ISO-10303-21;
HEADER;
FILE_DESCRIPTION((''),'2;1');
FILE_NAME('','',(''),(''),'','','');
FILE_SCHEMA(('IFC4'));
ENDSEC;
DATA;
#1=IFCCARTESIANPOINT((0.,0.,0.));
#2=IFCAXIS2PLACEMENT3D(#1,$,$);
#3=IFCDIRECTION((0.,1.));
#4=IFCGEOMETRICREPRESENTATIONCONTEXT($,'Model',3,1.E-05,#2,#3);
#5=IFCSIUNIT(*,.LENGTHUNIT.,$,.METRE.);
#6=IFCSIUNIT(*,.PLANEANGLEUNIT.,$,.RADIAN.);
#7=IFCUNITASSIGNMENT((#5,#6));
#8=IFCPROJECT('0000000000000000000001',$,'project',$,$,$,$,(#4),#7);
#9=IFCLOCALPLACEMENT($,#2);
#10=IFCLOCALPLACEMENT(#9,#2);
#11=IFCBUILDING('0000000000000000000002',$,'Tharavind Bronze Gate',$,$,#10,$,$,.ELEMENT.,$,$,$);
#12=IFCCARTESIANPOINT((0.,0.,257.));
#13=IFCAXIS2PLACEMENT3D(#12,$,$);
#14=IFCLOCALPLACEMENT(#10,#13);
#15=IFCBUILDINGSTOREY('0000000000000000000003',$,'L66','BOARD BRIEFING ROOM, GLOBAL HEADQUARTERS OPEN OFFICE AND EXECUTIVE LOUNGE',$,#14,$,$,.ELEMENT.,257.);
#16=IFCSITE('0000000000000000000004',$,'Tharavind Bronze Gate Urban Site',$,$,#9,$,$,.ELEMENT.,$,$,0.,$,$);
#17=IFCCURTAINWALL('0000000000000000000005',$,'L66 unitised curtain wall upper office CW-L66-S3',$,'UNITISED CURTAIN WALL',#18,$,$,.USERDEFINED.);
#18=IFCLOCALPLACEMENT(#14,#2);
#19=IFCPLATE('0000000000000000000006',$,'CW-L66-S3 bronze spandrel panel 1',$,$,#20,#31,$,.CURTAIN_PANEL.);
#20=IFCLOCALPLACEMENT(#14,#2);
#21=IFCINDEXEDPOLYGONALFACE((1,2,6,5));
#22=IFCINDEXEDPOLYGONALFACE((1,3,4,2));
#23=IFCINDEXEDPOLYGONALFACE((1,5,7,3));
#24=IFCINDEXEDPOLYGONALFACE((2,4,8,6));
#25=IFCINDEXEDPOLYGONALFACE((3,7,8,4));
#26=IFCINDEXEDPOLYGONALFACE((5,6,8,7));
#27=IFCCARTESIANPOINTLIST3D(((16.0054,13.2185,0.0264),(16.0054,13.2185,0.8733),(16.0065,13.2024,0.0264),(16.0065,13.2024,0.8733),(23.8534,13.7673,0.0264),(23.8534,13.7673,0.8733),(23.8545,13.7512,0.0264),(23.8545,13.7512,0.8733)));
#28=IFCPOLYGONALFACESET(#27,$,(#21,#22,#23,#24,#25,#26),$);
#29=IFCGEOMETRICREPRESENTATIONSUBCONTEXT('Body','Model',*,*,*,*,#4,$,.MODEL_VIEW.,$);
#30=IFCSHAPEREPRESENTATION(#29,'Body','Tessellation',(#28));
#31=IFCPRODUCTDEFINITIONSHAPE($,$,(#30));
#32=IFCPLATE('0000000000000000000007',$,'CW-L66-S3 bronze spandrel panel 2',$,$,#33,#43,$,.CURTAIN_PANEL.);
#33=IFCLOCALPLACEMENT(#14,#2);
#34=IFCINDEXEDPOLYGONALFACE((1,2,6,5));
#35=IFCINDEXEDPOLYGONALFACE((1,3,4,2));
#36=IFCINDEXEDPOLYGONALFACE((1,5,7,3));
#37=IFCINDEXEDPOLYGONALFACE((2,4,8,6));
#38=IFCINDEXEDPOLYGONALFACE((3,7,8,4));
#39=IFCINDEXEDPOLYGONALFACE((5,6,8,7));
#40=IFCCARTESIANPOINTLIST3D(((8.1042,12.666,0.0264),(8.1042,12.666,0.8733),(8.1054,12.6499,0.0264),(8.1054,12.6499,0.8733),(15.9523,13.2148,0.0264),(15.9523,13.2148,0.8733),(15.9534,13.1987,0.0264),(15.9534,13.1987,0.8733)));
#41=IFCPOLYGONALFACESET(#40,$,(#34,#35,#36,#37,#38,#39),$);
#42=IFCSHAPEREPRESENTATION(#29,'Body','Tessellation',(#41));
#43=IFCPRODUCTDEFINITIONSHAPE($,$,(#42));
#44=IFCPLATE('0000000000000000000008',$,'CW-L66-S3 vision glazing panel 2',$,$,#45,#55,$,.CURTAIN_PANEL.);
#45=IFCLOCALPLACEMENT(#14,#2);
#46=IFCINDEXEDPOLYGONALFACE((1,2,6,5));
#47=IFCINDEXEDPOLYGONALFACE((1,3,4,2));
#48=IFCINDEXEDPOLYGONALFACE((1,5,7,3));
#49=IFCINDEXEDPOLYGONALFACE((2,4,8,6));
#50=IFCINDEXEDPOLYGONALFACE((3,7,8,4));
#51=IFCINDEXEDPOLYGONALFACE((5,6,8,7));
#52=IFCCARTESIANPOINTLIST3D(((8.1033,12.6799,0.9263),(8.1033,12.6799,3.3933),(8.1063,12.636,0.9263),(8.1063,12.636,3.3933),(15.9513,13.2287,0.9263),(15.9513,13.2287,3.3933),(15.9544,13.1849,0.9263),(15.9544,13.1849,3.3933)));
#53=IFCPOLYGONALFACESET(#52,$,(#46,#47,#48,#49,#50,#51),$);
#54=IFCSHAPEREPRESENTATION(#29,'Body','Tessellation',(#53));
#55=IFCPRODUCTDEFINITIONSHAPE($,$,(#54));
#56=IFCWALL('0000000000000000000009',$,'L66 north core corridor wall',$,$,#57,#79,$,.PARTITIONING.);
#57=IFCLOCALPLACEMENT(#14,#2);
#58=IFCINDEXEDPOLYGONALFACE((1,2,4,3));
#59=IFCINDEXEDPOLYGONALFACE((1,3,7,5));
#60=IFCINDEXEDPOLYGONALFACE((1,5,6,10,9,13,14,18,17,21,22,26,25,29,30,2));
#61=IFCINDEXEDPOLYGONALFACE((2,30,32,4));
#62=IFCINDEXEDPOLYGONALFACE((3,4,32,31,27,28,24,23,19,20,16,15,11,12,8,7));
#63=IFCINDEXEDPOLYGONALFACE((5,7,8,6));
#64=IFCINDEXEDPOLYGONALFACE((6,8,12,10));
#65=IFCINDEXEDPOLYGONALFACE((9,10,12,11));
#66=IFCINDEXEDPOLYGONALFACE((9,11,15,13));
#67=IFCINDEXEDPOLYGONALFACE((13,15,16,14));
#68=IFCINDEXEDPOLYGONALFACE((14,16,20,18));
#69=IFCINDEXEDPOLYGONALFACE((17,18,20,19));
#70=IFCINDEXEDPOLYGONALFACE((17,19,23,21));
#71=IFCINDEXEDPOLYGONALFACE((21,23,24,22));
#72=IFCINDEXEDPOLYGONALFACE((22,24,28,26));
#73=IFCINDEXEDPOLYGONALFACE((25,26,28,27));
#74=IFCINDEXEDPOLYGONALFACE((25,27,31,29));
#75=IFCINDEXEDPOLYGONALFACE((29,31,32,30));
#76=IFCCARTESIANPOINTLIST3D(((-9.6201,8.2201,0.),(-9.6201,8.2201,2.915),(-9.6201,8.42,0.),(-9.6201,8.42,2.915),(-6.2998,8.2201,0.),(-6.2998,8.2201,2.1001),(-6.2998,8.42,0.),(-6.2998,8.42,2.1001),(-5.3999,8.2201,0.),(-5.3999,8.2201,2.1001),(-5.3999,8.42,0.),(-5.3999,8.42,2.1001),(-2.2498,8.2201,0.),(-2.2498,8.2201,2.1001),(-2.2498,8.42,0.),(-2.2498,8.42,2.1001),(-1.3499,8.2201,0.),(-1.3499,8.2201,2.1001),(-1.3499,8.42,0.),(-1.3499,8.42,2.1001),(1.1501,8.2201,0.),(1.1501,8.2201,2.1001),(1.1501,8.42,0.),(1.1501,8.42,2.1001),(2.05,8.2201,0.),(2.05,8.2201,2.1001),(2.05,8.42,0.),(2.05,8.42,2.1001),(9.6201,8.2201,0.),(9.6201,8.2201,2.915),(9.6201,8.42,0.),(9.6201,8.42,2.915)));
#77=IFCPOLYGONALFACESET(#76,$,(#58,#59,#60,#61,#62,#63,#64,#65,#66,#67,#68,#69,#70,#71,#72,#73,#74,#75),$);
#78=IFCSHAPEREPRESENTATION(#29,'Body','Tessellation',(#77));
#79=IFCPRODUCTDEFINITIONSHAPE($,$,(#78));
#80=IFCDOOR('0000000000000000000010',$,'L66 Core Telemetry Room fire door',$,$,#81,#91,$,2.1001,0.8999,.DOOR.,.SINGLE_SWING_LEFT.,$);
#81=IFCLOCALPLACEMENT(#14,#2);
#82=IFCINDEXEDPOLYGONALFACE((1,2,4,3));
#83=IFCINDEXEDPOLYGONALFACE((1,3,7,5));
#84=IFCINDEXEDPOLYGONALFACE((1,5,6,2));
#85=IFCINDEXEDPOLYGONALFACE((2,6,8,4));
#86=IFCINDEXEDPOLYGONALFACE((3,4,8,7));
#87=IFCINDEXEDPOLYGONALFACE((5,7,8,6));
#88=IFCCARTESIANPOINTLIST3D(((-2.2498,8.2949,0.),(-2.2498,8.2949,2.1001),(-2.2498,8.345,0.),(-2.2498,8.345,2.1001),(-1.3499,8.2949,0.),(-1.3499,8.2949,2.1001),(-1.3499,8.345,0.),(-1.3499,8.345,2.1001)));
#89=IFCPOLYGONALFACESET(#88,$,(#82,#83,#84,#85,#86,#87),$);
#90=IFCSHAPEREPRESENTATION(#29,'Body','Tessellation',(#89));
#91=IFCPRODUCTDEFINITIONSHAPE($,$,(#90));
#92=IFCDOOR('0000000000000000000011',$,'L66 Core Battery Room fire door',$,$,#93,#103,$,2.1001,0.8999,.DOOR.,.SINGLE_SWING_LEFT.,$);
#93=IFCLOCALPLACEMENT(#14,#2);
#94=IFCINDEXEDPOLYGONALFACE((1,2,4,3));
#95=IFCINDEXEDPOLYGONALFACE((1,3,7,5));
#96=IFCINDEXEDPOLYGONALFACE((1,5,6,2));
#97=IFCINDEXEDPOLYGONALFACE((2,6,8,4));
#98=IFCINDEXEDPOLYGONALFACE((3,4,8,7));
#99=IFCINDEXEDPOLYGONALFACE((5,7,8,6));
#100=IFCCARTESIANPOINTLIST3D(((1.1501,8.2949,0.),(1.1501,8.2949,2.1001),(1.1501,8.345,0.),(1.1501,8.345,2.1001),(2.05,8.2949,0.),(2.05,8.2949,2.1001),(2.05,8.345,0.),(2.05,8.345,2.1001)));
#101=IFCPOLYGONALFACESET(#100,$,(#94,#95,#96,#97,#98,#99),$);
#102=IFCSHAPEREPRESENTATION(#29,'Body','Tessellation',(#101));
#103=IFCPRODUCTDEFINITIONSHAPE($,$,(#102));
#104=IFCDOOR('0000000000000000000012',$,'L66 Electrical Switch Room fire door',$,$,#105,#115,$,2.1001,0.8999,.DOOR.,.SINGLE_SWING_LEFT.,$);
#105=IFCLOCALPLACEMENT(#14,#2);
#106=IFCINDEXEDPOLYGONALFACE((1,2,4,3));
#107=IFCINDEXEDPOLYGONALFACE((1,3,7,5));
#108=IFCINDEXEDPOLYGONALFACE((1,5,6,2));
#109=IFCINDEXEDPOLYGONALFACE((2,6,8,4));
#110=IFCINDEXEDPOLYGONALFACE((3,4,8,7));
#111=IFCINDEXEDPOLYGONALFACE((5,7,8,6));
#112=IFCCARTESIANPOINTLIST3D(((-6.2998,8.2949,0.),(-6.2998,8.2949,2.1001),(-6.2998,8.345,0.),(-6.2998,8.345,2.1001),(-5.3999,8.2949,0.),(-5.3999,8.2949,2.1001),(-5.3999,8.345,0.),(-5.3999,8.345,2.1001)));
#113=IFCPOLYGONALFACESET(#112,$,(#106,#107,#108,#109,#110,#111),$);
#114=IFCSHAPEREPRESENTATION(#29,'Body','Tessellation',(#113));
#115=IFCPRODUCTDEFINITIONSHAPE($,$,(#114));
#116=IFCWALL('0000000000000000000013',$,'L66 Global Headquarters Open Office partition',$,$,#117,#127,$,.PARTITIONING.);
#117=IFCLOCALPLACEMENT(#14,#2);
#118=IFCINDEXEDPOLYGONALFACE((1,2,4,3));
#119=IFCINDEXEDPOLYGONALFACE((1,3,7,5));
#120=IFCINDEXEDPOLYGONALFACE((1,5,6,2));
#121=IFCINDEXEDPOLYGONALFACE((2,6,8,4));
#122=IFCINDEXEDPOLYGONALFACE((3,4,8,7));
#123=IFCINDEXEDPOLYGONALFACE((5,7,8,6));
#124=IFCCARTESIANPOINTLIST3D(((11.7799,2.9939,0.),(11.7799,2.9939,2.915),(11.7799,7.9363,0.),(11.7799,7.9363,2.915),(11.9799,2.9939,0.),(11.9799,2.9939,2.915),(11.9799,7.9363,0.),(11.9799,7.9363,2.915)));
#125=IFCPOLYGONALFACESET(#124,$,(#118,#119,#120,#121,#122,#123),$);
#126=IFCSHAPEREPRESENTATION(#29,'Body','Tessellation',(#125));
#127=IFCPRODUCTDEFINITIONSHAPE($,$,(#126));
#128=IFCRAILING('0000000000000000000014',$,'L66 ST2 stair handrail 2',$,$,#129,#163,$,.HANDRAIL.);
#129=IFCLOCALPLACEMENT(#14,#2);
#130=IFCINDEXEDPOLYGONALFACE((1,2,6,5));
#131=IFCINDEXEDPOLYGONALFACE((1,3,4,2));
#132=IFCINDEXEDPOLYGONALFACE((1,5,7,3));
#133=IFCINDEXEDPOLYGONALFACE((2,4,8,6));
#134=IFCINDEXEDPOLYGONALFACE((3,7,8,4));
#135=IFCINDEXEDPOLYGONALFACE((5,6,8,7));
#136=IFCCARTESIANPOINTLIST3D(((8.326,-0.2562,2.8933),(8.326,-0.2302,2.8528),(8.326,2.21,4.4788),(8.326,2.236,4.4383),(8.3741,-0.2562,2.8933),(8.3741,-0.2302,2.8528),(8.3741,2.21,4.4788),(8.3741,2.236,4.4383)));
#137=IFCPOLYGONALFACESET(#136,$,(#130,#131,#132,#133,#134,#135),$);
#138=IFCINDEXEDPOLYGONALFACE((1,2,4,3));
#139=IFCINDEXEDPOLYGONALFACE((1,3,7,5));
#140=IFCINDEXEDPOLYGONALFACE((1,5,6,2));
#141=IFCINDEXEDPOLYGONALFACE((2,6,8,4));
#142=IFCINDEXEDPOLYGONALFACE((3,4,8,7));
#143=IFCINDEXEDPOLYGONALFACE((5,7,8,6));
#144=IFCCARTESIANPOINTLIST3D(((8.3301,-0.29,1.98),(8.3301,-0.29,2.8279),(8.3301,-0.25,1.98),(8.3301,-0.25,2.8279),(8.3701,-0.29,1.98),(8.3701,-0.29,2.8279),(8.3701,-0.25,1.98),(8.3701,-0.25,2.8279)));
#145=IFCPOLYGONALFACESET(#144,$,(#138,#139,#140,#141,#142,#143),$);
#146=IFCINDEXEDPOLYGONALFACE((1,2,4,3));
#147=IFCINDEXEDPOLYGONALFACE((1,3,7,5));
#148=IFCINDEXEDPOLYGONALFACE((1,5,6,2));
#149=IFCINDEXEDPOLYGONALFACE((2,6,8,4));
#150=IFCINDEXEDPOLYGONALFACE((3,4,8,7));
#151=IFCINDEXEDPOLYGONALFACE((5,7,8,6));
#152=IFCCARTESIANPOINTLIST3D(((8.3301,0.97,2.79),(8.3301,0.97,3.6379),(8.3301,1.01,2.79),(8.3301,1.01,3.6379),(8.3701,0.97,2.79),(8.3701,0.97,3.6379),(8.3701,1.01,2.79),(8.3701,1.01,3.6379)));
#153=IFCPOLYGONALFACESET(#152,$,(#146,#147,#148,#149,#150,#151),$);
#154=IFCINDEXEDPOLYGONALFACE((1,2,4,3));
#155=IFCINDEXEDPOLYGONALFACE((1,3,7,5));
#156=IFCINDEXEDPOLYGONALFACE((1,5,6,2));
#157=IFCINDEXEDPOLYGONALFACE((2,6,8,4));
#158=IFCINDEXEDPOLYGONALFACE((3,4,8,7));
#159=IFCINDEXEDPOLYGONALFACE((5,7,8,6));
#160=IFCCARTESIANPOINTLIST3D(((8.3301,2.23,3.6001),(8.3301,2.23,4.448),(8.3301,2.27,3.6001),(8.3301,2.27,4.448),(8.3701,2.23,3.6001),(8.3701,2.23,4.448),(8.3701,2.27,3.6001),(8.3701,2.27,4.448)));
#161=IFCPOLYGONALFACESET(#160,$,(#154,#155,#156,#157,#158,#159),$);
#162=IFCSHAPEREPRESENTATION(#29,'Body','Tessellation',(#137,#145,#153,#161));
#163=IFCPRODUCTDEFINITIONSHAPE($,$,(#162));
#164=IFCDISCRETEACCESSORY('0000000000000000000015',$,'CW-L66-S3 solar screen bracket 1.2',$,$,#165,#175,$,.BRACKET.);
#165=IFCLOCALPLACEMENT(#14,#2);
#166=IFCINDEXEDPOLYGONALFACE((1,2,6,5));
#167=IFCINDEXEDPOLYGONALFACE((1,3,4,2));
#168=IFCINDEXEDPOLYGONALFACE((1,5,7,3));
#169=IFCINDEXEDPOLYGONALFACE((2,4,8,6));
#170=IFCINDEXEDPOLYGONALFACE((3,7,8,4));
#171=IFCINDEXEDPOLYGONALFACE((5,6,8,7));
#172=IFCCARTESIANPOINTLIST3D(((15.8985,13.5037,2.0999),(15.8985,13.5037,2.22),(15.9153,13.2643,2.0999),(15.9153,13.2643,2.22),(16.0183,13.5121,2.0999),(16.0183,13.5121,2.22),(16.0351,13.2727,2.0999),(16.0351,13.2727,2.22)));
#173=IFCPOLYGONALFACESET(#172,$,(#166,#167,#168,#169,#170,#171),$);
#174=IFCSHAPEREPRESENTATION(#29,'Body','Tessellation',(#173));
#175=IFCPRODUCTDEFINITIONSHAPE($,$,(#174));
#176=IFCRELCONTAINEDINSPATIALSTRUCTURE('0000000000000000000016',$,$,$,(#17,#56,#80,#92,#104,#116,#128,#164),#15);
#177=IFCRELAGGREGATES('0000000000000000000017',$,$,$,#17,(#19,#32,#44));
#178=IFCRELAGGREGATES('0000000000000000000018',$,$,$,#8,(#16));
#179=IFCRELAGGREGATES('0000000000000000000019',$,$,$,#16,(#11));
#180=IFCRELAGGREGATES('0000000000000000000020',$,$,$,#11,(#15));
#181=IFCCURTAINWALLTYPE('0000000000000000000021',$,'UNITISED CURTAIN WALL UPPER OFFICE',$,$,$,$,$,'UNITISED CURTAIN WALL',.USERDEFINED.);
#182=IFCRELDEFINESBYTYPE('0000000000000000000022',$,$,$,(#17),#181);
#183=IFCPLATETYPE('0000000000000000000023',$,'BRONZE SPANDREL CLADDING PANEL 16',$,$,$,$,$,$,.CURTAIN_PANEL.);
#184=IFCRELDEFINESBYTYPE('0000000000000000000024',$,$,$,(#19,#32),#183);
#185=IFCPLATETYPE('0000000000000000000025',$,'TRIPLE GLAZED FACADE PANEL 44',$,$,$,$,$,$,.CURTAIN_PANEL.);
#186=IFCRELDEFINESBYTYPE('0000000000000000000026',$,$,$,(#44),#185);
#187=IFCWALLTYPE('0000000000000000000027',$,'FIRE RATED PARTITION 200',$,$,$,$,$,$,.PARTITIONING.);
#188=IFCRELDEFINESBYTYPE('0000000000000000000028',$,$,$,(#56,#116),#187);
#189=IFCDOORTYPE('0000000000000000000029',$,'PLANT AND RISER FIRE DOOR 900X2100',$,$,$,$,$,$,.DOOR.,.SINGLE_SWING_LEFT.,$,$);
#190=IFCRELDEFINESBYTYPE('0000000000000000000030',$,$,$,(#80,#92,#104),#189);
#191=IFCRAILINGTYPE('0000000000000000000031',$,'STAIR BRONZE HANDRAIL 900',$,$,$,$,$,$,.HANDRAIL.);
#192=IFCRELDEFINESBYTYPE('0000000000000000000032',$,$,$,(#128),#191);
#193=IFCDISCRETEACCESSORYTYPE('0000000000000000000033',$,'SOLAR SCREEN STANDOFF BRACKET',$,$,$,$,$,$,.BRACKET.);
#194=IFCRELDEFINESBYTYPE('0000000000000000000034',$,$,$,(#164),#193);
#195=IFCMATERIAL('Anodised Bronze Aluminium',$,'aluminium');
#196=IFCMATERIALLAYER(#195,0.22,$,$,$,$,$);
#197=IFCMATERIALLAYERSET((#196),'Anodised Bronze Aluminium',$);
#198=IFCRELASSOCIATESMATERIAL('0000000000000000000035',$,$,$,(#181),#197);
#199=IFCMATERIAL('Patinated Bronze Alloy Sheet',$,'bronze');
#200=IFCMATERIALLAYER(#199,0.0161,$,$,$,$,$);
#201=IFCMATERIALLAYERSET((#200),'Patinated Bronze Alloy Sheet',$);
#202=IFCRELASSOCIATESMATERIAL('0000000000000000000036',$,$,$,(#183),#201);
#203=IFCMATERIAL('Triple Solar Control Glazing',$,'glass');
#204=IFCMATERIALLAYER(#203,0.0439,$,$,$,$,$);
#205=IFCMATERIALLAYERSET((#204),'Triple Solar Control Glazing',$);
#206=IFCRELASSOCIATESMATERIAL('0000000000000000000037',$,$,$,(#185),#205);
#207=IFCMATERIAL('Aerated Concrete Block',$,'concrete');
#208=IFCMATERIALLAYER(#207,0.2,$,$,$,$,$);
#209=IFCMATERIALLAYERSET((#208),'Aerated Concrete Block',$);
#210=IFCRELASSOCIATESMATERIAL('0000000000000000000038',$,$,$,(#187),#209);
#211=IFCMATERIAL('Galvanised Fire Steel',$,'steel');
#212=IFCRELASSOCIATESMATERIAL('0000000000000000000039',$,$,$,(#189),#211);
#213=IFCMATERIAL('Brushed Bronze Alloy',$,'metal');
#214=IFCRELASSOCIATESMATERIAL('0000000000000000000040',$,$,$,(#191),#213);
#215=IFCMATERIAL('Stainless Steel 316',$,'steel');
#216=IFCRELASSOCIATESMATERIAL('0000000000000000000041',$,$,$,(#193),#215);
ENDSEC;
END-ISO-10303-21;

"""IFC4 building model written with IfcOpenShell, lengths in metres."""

from ifc_helpers import new_model, si_unit, direction, frame, frame_2d, origin, origin_2d, place, context, subcontext, project, spatial, rectangle, extrude, material, layer, layer_set, type_object, element, fill, aggregate, save


model = new_model("IFC4")

# Units and contexts
model_context = context("Model", 3, precision=1e-05, world=origin(), true_north=direction((0.0, 1.0)))
body_context = subcontext(model_context, "Body", "Model", "MODEL_VIEW")
ifc_project = project(units=[si_unit("LENGTHUNIT", "METRE"), si_unit("PLANEANGLEUNIT", "RADIAN")], contexts=[model_context])

# Site, building, storey
site_placement = place(None, origin())
site = spatial("IfcSite", under=ifc_project, at=site_placement, Name="Tharavind Bronze Gate Urban Site", CompositionType="ELEMENT", RefElevation=0.0)
building_placement = place(site_placement, origin())
building = spatial("IfcBuilding", under=site, at=building_placement, Name="Tharavind Bronze Gate", CompositionType="ELEMENT")
storey_placement = place(building_placement, frame((0.0, 0.0, 257.0)))
storey = spatial("IfcBuildingStorey", under=building, at=storey_placement, Name="L66", Description="BOARD BRIEFING ROOM, GLOBAL HEADQUARTERS OPEN OFFICE AND EXECUTIVE LOUNGE", CompositionType="ELEMENT", Elevation=257.0)

# Curtain wall
ifc_material_1 = material(Name="Anodised Bronze Aluminium", Category="aluminium")
ifc_layer_1 = layer(ifc_material_1, 0.22)
ifc_layer_set_1 = layer_set([ifc_layer_1], Name="Anodised Bronze Aluminium")
curtain_wall_type = type_object("IfcCurtainWallType", Name="UNITISED CURTAIN WALL UPPER OFFICE", ElementType="UNITISED CURTAIN WALL", PredefinedType="USERDEFINED", material=ifc_layer_set_1)
curtain_wall_placement = place(storey_placement, origin())
curtain_wall = element("IfcCurtainWall", 1, at=curtain_wall_placement, inside=storey, type_object=curtain_wall_type, Name="L66 unitised curtain wall upper office CW-L66-S3", ObjectType="UNITISED CURTAIN WALL", PredefinedType="USERDEFINED")

# Plates
ifc_material_2 = material(Name="Patinated Bronze Alloy Sheet", Category="bronze")
ifc_layer_2 = layer(ifc_material_2, 0.0161)
ifc_layer_set_2 = layer_set([ifc_layer_2], Name="Patinated Bronze Alloy Sheet")
plate_type_1 = type_object("IfcPlateType", Name="BRONZE SPANDREL CLADDING PANEL 16", PredefinedType="CURTAIN_PANEL", material=ifc_layer_set_2)
plate_1_placement = place(storey_placement, frame((19.9299, 13.4849, 0.0264), z_axis=(0.0, 0.0, 1.0), x_axis=(-0.997564, -0.06976, 0.0)))
plate_1 = element("IfcPlate", 2, at=plate_1_placement, type_object=plate_type_1, Name="CW-L66-S3 bronze spandrel panel 1", PredefinedType="CURTAIN_PANEL", context=body_context, shape_type="SweptSolid", body=[
    extrude(rectangle(XDim=7.8672, YDim=0.0161, at=origin_2d()), origin(), (0.0, 0.0, 1.0), 0.8469),
])
plate_2_placement = place(storey_placement, frame((12.0288, 12.9324, 0.0264), z_axis=(0.0, 0.0, 1.0), x_axis=(-0.997564, -0.06976, 0.0)))
plate_2 = element("IfcPlate", 3, at=plate_2_placement, type_object=plate_type_1, Name="CW-L66-S3 bronze spandrel panel 2", PredefinedType="CURTAIN_PANEL", context=body_context, shape_type="SweptSolid", body=[
    extrude(rectangle(XDim=7.8672, YDim=0.0161, at=origin_2d()), origin(), (0.0, 0.0, 1.0), 0.8469),
])
ifc_material_3 = material(Name="Triple Solar Control Glazing", Category="glass")
ifc_layer_3 = layer(ifc_material_3, 0.0439)
ifc_layer_set_3 = layer_set([ifc_layer_3], Name="Triple Solar Control Glazing")
plate_type_2 = type_object("IfcPlateType", Name="TRIPLE GLAZED FACADE PANEL 44", PredefinedType="CURTAIN_PANEL", material=ifc_layer_set_3)
plate_3_placement = place(storey_placement, frame((12.0288, 12.9324, 0.9263), z_axis=(0.0, 0.0, 1.0), x_axis=(-0.997564, -0.06976, 0.0)))
plate_3 = element("IfcPlate", 4, at=plate_3_placement, type_object=plate_type_2, Name="CW-L66-S3 vision glazing panel 2", PredefinedType="CURTAIN_PANEL", context=body_context, shape_type="SweptSolid", body=[
    extrude(rectangle(XDim=7.8672, YDim=0.0439, at=origin_2d()), origin(), (0.0, 0.0, 1.0), 2.467),
])
aggregate(curtain_wall, [plate_1, plate_2, plate_3])

# Wall, openings, doors
ifc_material_4 = material(Name="Aerated Concrete Block", Category="concrete")
ifc_layer_4 = layer(ifc_material_4, 0.2)
ifc_layer_set_4 = layer_set([ifc_layer_4], Name="Aerated Concrete Block")
wall_type = type_object("IfcWallType", Name="FIRE RATED PARTITION 200", PredefinedType="PARTITIONING", material=ifc_layer_set_4)
wall_1_placement = place(storey_placement, frame((9.6201, 8.3201, 0.0), z_axis=(0.0, 0.0, 1.0), x_axis=(-1.0, 0.0, 0.0)))
wall_1 = element("IfcWall", 5, at=wall_1_placement, inside=storey, type_object=wall_type, Name="L66 north core corridor wall", PredefinedType="PARTITIONING", context=body_context, shape_type="SweptSolid", body=[
    extrude(rectangle(XDim=19.2402, YDim=0.2, at=frame_2d((9.6201, 0.0))), origin(), (0.0, 0.0, 1.0), 2.915),
])
opening_1_placement = place(wall_1_placement, frame((10.97, 0.0, 0.0)))
opening_1 = element("IfcOpeningElement", 6, at=opening_1_placement, cuts=wall_1, PredefinedType="OPENING", context=body_context, shape_type="SweptSolid", body=[
    extrude(rectangle(XDim=0.8999, YDim=2.1001, at=frame_2d((0.45, 1.05))), frame((0.0, 0.1101, 0.0), z_axis=(0.0, -1.0, 0.0), x_axis=(1.0, 0.0, 0.0)), (0.0, 0.0, 1.0), 0.22),
])
opening_2_placement = place(wall_1_placement, frame((7.5701, 0.0, 0.0)))
opening_2 = element("IfcOpeningElement", 7, at=opening_2_placement, cuts=wall_1, PredefinedType="OPENING", context=body_context, shape_type="SweptSolid", body=[
    extrude(rectangle(XDim=0.8999, YDim=2.1001, at=frame_2d((0.45, 1.05))), frame((0.0, 0.1101, 0.0), z_axis=(0.0, -1.0, 0.0), x_axis=(1.0, 0.0, 0.0)), (0.0, 0.0, 1.0), 0.22),
])
opening_3_placement = place(wall_1_placement, frame((15.02, 0.0, 0.0)))
opening_3 = element("IfcOpeningElement", 8, at=opening_3_placement, cuts=wall_1, PredefinedType="OPENING", context=body_context, shape_type="SweptSolid", body=[
    extrude(rectangle(XDim=0.8999, YDim=2.1001, at=frame_2d((0.45, 1.05))), frame((0.0, 0.1101, 0.0), z_axis=(0.0, -1.0, 0.0), x_axis=(1.0, 0.0, 0.0)), (0.0, 0.0, 1.0), 0.22),
])
ifc_material_5 = material(Name="Galvanised Fire Steel", Category="steel")
door_type_1 = type_object("IfcDoorType", Name="PLANT AND RISER FIRE DOOR 900X2100", OperationType="SINGLE_SWING_LEFT", PredefinedType="DOOR", material=ifc_material_5)
door_1_placement = place(opening_1_placement, frame((0.8999, 0.0, 0.0), z_axis=(0.0, 0.0, 1.0), x_axis=(-1.0, 0.0, 0.0)))
door_1 = element("IfcDoor", 9, at=door_1_placement, inside=storey, type_object=door_type_1, Name="L66 Core Telemetry Room fire door", OperationType="SINGLE_SWING_LEFT", OverallHeight=2.1001, OverallWidth=0.8999, PredefinedType="DOOR", context=body_context, shape_type="SweptSolid", body=[
    extrude(rectangle(XDim=0.8999, YDim=2.1001, at=frame_2d((0.45, 1.05))), frame((0.0, 0.0249, 0.0), z_axis=(0.0, -1.0, 0.0), x_axis=(1.0, 0.0, 0.0)), (0.0, 0.0, 1.0), 0.05),
])
fill(opening_1, door_1)
door_2_placement = place(opening_2_placement, frame((0.8999, 0.0, 0.0), z_axis=(0.0, 0.0, 1.0), x_axis=(-1.0, 0.0, 0.0)))
door_2 = element("IfcDoor", 10, at=door_2_placement, inside=storey, type_object=door_type_1, Name="L66 Core Battery Room fire door", OperationType="SINGLE_SWING_LEFT", OverallHeight=2.1001, OverallWidth=0.8999, PredefinedType="DOOR", context=body_context, shape_type="SweptSolid", body=[
    extrude(rectangle(XDim=0.8999, YDim=2.1001, at=frame_2d((0.45, 1.05))), frame((0.0, 0.0249, 0.0), z_axis=(0.0, -1.0, 0.0), x_axis=(1.0, 0.0, 0.0)), (0.0, 0.0, 1.0), 0.05),
])
fill(opening_2, door_2)
door_3_placement = place(opening_3_placement, frame((0.8999, 0.0, 0.0), z_axis=(0.0, 0.0, 1.0), x_axis=(-1.0, 0.0, 0.0)))
door_3 = element("IfcDoor", 11, at=door_3_placement, inside=storey, type_object=door_type_1, Name="L66 Electrical Switch Room fire door", OperationType="SINGLE_SWING_LEFT", OverallHeight=2.1001, OverallWidth=0.8999, PredefinedType="DOOR", context=body_context, shape_type="SweptSolid", body=[
    extrude(rectangle(XDim=0.8999, YDim=2.1001, at=frame_2d((0.45, 1.05))), frame((0.0, 0.0249, 0.0), z_axis=(0.0, -1.0, 0.0), x_axis=(1.0, 0.0, 0.0)), (0.0, 0.0, 1.0), 0.05),
])
fill(opening_3, door_3)

# Wall
wall_2_placement = place(storey_placement, frame((11.8799, 2.9939, 0.0), z_axis=(0.0, 0.0, 1.0), x_axis=(0.0, 1.0, 0.0)))
element("IfcWall", 12, at=wall_2_placement, inside=storey, type_object=wall_type, Name="L66 Global Headquarters Open Office partition", PredefinedType="PARTITIONING", context=body_context, shape_type="SweptSolid", body=[
    extrude(rectangle(XDim=4.9424, YDim=0.2, at=frame_2d((2.4712, 0.0))), origin(), (0.0, 0.0, 1.0), 2.915),
])

# Railing
ifc_material_6 = material(Name="Brushed Bronze Alloy", Category="metal")
railing_type = type_object("IfcRailingType", Name="STAIR BRONZE HANDRAIL 900", PredefinedType="HANDRAIL", material=ifc_material_6)
railing_placement = place(storey_placement, frame((8.3501, -0.27, 1.98)))
element("IfcRailing", 13, at=railing_placement, inside=storey, type_object=railing_type, Name="L66 ST2 stair handrail 2", PredefinedType="HANDRAIL", context=body_context, shape_type="SweptSolid", body=[
    extrude(rectangle(XDim=0.0481, YDim=0.0481, at=origin_2d()), frame((0.0, 0.0269, 0.8931), z_axis=(0.0, 0.841163, 0.540782), x_axis=(-1.0, 0.0, 0.0)), (0.0, 0.0, 1.0), 2.9319),
    extrude(rectangle(XDim=0.04, YDim=0.04, at=origin_2d()), origin(), (0.0, 0.0, 1.0), 0.8479),
    extrude(rectangle(XDim=0.04, YDim=0.04, at=origin_2d()), frame((0.0, 1.26, 0.8101)), (0.0, 0.0, 1.0), 0.8479),
    extrude(rectangle(XDim=0.04, YDim=0.04, at=origin_2d()), frame((0.0, 2.52, 1.6201)), (0.0, 0.0, 1.0), 0.8479),
])

# Discrete accessory
ifc_material_7 = material(Name="Stainless Steel 316", Category="steel")
discrete_accessory_type = type_object("IfcDiscreteAccessoryType", Name="SOLAR SCREEN STANDOFF BRACKET", PredefinedType="BRACKET", material=ifc_material_7)
discrete_accessory_placement = place(storey_placement, frame((15.9668, 13.3882, 2.0999), z_axis=(0.0, 0.0, 1.0), x_axis=(-0.997564, -0.06976, 0.0)))
element("IfcDiscreteAccessory", 14, at=discrete_accessory_placement, inside=storey, type_object=discrete_accessory_type, Name="CW-L66-S3 solar screen bracket 1.2", PredefinedType="BRACKET", context=body_context, shape_type="SweptSolid", body=[
    extrude(rectangle(XDim=0.1201, YDim=0.24, at=origin_2d()), origin(), (0.0, 0.0, 1.0), 0.1201),
])

save(model, "model.ifc")
